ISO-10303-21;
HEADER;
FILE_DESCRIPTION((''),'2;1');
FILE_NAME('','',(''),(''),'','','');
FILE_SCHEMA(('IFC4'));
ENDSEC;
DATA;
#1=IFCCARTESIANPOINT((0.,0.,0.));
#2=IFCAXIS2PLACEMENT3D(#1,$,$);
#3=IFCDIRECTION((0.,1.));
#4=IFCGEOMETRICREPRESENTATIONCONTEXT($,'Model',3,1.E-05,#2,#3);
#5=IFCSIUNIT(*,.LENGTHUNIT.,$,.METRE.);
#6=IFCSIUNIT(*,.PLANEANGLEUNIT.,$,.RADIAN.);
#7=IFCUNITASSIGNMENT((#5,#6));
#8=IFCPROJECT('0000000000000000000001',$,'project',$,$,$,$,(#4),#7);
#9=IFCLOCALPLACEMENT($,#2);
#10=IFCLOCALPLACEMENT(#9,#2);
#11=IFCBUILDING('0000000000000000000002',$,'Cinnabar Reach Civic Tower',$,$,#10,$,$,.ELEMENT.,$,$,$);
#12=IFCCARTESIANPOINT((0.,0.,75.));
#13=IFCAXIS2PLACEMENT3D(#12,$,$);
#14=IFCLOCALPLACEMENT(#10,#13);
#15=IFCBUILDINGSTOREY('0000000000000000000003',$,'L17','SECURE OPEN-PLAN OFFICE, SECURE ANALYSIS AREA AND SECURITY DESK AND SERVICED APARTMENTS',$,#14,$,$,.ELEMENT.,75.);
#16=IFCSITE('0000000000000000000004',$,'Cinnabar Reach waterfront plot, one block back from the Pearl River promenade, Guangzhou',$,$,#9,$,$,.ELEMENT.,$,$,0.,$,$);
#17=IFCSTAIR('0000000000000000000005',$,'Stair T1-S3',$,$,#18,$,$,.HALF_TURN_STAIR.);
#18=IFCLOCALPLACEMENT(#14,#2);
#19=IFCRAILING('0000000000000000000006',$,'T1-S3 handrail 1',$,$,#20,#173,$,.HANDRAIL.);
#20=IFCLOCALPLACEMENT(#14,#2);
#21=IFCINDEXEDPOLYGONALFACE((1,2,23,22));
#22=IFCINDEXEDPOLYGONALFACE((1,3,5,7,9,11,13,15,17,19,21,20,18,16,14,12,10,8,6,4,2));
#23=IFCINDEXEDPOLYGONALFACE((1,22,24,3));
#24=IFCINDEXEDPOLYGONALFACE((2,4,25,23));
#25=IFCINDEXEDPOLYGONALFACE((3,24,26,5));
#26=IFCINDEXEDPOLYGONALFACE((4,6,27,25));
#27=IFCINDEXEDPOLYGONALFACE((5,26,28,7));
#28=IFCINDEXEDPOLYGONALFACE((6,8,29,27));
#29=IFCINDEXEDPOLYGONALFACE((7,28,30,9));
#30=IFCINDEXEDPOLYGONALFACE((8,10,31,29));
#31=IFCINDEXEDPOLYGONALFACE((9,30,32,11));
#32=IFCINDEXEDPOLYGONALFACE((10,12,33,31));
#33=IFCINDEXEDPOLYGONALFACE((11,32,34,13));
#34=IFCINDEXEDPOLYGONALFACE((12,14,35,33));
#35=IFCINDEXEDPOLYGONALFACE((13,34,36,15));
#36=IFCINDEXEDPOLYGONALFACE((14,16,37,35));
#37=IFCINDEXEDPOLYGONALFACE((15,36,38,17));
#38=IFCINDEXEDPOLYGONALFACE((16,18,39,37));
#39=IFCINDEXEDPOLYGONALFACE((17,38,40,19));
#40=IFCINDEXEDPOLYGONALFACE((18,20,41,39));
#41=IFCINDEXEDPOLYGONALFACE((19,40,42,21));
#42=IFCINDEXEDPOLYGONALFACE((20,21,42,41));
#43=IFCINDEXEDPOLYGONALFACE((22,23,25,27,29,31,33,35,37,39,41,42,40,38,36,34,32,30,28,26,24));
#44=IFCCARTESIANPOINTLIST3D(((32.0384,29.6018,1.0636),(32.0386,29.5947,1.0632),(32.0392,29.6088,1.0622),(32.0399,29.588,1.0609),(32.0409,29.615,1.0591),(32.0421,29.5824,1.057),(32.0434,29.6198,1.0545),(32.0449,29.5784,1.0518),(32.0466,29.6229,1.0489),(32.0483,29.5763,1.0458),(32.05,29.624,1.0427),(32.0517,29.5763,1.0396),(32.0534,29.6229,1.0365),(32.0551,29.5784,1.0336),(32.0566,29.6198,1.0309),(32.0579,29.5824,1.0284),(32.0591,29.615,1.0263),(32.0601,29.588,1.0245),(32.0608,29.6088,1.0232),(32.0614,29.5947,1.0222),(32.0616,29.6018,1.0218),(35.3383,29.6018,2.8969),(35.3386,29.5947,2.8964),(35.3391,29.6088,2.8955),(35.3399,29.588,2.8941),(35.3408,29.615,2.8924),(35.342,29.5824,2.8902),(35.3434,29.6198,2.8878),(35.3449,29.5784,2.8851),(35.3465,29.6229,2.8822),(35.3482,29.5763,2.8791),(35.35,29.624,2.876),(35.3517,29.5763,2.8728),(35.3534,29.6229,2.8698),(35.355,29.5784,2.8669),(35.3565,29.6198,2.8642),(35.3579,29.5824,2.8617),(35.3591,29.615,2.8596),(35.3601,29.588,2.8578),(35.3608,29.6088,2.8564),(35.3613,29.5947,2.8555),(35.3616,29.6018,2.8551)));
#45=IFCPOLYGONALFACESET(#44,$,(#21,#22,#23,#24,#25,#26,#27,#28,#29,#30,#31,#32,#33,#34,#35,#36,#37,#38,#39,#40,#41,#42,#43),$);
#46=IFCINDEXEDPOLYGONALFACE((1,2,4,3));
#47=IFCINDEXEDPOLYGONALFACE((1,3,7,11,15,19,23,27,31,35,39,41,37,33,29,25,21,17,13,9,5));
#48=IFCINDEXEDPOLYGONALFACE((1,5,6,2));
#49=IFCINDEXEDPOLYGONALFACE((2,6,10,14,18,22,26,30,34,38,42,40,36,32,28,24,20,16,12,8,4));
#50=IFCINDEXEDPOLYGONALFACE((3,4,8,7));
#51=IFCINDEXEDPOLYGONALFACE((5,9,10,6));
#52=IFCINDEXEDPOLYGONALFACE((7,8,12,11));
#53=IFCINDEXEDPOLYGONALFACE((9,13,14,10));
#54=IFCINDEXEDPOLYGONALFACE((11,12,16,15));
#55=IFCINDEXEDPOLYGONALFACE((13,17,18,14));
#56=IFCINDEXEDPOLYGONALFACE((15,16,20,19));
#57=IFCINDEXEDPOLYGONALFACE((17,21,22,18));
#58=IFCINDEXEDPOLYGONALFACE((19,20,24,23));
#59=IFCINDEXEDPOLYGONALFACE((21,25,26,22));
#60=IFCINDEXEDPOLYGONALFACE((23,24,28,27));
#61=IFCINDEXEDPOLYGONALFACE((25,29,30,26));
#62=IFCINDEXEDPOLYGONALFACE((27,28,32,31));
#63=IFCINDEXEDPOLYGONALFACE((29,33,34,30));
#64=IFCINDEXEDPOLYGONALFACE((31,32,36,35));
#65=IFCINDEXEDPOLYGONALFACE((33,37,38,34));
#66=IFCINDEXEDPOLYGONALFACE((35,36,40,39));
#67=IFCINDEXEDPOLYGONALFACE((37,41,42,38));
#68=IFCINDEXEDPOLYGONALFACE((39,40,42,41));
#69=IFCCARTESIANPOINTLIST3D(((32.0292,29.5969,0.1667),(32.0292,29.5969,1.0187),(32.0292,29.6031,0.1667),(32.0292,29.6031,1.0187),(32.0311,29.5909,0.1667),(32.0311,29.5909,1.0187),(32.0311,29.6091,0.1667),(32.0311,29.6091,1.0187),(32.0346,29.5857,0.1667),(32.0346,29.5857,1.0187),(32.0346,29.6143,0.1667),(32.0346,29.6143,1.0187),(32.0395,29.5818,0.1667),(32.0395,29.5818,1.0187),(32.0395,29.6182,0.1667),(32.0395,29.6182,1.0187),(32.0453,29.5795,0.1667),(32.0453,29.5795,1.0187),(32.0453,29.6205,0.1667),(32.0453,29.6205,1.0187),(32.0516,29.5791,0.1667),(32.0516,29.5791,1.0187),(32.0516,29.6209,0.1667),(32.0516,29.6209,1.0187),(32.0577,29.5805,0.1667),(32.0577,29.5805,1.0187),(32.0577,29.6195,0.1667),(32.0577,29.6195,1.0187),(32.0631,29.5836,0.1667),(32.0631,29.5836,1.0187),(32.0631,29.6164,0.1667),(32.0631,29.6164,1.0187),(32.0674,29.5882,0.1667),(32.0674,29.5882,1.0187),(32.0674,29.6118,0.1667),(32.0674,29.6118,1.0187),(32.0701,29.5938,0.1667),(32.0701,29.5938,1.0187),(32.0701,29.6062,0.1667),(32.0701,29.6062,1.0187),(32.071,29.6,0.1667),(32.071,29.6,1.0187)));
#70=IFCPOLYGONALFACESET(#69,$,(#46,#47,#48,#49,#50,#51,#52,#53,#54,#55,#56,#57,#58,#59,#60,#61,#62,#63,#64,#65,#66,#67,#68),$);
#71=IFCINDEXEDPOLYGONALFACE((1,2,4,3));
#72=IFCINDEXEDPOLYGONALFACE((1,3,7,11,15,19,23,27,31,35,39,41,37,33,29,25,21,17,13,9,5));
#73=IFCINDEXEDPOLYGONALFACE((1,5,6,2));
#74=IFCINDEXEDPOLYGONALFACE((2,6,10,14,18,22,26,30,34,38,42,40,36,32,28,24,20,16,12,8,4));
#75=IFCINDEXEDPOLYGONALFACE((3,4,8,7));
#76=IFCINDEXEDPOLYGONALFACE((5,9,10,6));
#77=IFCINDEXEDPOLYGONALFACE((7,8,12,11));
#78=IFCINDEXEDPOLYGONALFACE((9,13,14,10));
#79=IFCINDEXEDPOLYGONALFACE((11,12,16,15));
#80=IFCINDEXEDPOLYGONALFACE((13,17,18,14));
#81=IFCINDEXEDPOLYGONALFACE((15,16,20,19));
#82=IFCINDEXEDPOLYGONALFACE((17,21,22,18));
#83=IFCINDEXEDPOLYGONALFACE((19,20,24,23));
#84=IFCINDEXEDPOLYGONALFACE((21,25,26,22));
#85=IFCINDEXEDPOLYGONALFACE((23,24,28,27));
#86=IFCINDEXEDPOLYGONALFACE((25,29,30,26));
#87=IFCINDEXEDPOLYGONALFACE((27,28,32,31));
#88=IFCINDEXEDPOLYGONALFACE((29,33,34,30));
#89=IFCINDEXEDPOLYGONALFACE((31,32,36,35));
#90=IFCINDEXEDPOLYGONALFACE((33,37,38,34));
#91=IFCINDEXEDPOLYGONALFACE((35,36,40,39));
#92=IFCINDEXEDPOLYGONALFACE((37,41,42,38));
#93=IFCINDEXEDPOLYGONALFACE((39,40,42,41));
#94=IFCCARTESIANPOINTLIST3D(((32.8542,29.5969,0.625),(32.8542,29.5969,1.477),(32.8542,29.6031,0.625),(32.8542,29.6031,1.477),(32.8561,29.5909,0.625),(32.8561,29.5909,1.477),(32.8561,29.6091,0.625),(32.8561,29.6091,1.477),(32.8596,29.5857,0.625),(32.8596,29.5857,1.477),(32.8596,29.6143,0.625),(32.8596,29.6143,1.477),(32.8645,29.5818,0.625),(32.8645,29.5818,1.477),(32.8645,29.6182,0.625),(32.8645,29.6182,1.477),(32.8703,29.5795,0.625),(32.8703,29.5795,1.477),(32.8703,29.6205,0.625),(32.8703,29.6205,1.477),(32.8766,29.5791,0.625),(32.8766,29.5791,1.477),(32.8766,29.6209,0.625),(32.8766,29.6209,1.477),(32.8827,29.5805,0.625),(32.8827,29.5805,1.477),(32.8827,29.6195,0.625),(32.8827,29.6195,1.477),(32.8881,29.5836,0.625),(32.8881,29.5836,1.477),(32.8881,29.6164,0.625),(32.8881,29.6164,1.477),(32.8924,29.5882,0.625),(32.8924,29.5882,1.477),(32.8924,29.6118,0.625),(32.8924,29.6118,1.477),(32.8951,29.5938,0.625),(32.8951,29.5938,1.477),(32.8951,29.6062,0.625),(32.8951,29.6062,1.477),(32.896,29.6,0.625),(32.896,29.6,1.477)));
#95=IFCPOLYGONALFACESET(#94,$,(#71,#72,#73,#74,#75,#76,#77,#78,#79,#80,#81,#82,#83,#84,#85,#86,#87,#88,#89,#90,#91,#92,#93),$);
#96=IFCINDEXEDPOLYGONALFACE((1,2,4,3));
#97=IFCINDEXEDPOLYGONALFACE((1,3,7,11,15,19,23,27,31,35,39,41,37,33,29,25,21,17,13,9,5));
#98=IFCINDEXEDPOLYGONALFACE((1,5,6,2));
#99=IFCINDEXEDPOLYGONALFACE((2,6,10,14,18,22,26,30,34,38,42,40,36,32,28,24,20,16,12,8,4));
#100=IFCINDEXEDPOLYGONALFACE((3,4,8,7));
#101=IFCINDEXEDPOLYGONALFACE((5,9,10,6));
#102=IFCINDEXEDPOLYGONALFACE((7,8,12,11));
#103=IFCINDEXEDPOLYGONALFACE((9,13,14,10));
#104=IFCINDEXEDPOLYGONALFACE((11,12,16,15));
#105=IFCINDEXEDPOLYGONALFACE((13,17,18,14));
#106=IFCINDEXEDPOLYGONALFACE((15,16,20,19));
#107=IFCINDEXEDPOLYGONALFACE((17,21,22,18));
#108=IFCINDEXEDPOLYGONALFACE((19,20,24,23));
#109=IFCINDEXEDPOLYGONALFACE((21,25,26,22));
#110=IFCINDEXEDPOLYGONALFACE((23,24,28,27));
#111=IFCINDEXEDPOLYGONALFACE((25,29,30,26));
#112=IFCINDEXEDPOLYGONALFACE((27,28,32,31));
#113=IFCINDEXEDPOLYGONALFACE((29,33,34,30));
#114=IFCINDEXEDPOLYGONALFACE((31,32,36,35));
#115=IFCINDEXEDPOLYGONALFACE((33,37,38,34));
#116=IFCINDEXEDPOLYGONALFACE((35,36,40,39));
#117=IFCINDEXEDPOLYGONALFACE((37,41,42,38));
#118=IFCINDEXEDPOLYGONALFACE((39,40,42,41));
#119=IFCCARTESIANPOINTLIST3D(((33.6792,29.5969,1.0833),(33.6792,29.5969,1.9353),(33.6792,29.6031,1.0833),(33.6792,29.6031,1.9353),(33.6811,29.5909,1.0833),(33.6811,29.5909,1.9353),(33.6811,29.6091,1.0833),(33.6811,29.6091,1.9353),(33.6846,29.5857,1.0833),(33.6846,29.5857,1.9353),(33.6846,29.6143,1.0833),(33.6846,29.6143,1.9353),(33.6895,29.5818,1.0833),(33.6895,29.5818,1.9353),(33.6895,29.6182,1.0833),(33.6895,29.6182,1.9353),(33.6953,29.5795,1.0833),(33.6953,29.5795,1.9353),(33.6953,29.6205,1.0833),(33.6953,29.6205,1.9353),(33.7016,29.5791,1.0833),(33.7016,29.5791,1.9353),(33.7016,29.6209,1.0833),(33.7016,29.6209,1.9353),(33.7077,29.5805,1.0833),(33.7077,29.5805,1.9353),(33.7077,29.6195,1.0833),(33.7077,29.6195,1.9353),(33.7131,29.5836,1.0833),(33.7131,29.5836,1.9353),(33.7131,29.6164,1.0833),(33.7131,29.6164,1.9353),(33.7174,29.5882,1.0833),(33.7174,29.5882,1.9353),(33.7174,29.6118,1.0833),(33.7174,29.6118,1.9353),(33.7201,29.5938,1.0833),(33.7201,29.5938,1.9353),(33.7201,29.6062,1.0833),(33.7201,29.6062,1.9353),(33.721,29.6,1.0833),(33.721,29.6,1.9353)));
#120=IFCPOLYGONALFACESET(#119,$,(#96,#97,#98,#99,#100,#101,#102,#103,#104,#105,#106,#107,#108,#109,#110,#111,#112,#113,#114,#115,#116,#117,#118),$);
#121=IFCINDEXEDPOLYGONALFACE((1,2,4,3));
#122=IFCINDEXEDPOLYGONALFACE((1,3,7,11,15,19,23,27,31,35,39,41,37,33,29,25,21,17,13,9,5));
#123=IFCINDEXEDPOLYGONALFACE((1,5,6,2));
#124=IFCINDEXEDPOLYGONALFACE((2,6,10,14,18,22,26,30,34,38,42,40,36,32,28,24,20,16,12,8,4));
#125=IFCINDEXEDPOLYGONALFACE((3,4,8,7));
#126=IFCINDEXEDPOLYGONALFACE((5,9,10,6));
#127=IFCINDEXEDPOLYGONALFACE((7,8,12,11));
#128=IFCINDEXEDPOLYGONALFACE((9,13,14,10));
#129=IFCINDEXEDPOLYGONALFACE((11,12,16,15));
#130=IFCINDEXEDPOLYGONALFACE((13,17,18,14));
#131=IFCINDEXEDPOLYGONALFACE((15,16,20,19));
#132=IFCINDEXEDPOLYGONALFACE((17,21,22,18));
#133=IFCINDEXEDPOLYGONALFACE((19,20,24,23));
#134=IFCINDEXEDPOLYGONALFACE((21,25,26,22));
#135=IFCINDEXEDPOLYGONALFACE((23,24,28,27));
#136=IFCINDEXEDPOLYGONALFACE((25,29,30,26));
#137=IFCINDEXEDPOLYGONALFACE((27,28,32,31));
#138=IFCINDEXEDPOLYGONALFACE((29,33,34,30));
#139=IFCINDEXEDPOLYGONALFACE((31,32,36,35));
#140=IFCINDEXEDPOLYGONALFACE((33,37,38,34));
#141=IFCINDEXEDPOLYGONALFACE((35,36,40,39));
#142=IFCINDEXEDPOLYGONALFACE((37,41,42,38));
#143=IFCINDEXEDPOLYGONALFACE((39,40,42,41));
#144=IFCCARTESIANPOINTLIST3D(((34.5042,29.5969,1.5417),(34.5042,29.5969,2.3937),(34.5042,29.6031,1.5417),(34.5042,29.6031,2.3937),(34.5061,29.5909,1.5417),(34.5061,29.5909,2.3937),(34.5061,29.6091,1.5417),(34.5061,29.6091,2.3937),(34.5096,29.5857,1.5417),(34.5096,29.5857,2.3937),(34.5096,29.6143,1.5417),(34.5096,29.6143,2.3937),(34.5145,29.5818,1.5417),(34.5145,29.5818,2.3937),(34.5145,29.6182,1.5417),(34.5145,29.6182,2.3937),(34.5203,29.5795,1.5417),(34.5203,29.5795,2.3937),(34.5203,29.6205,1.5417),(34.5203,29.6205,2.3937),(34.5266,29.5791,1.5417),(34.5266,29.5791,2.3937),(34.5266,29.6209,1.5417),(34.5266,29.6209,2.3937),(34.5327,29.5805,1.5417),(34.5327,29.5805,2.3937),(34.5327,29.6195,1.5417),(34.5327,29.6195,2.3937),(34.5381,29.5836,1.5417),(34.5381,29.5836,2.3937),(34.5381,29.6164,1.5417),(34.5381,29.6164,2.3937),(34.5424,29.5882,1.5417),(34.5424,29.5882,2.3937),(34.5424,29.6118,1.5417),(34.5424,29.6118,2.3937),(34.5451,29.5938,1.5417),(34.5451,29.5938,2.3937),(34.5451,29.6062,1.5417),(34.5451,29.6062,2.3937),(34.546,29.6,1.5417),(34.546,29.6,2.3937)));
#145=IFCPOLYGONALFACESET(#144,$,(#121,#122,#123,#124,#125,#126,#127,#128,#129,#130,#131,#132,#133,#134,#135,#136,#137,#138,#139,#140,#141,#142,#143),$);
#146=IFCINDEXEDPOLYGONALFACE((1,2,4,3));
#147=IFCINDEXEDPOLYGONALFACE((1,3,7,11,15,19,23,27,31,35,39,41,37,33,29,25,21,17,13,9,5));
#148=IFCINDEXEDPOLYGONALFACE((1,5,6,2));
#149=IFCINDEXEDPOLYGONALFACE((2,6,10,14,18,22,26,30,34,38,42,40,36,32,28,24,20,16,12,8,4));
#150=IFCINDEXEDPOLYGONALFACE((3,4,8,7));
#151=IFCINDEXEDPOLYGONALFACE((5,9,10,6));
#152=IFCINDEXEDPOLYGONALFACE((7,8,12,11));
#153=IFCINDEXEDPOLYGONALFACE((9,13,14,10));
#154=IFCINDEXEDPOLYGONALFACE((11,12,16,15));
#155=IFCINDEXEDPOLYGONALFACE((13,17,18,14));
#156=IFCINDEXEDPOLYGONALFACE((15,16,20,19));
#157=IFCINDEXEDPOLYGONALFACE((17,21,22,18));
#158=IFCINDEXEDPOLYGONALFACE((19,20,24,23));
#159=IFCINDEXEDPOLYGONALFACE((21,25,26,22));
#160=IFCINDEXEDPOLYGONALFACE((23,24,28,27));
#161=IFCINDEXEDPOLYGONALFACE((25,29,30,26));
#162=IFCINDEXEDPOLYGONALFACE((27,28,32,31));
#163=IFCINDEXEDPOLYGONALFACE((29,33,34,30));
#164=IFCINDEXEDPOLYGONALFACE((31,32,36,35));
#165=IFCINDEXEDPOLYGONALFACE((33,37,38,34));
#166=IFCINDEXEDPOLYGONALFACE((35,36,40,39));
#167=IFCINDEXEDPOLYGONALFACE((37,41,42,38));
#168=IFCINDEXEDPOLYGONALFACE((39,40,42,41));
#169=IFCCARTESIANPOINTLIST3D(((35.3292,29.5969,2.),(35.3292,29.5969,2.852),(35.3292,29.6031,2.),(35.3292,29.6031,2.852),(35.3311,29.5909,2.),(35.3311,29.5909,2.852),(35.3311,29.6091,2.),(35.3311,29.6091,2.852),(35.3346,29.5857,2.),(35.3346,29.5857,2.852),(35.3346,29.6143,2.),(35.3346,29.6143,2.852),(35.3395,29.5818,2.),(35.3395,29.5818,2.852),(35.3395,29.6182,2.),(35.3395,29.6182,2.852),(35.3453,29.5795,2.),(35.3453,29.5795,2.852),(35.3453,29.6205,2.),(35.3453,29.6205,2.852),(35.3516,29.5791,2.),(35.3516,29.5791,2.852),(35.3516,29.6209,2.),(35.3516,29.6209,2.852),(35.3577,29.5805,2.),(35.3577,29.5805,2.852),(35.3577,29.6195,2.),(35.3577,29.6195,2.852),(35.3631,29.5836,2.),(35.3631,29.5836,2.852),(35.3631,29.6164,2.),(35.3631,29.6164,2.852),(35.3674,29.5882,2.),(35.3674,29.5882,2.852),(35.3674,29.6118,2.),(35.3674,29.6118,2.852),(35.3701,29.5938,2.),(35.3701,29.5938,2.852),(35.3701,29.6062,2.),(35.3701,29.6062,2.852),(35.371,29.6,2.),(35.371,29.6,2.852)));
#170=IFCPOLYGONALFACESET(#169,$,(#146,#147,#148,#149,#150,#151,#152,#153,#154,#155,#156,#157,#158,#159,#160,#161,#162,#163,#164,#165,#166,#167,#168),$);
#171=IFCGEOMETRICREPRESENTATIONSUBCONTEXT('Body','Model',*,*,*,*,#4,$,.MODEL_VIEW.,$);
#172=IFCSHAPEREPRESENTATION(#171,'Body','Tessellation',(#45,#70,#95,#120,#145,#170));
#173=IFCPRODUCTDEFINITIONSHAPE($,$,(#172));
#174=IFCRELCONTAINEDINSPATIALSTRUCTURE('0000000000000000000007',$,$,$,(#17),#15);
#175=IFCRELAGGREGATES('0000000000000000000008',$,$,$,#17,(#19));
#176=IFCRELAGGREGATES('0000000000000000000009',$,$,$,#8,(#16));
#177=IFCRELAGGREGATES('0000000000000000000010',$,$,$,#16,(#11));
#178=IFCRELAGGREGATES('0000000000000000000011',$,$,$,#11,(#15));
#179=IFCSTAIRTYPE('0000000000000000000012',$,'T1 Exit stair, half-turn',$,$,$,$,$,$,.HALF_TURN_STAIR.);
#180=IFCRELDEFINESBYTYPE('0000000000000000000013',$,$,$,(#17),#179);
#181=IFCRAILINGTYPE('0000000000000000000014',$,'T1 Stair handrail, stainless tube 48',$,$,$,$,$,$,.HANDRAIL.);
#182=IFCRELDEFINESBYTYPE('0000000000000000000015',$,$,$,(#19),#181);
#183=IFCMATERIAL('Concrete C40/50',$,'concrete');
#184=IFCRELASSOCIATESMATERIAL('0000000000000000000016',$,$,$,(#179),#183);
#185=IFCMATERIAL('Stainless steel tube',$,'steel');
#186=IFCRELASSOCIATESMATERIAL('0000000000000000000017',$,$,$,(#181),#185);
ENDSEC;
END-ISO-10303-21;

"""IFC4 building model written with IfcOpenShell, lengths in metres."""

from ifc_helpers import new_model, si_unit, direction, frame, origin, origin_2d, place, context, subcontext, project, spatial, circle, extrude, material, type_object, element, aggregate, save


model = new_model("IFC4")

# Units and contexts
model_context = context("Model", 3, precision=1e-05, world=origin(), true_north=direction((0.0, 1.0)))
body_context = subcontext(model_context, "Body", "Model", "MODEL_VIEW")
ifc_project = project(units=[si_unit("LENGTHUNIT", "METRE"), si_unit("PLANEANGLEUNIT", "RADIAN")], contexts=[model_context])

# Site, building, storey
site_placement = place(None, origin())
site = spatial("IfcSite", under=ifc_project, at=site_placement, Name="Cinnabar Reach waterfront plot, one block back from the Pearl River promenade, Guangzhou", CompositionType="ELEMENT", RefElevation=0.0)
building_placement = place(site_placement, origin())
building = spatial("IfcBuilding", under=site, at=building_placement, Name="Cinnabar Reach Civic Tower", CompositionType="ELEMENT")
storey_placement = place(building_placement, frame((0.0, 0.0, 75.0)))
storey = spatial("IfcBuildingStorey", under=building, at=storey_placement, Name="L17", Description="SECURE OPEN-PLAN OFFICE, SECURE ANALYSIS AREA AND SECURITY DESK AND SERVICED APARTMENTS", CompositionType="ELEMENT", Elevation=75.0)

# Stair, railing
ifc_material_1 = material(Name="Concrete C40/50", Category="concrete")
stair_type = type_object("IfcStairType", Name="T1 Exit stair, half-turn", PredefinedType="HALF_TURN_STAIR", material=ifc_material_1)
stair_placement = place(storey_placement, origin())
stair = element("IfcStair", 1, at=stair_placement, inside=storey, type_object=stair_type, Name="Stair T1-S3", PredefinedType="HALF_TURN_STAIR")
ifc_material_2 = material(Name="Stainless steel tube", Category="steel")
railing_type = type_object("IfcRailingType", Name="T1 Stair handrail, stainless tube 48", PredefinedType="HANDRAIL", material=ifc_material_2)
railing_1_placement = place(storey_placement, frame((32.05, 29.6, 0.1667)))
railing_1 = element("IfcRailing", 2, at=railing_1_placement, type_object=railing_type, Name="T1-S3 handrail 1", PredefinedType="HANDRAIL", context=body_context, shape_type="SweptSolid", body=[
    extrude(circle(Radius=0.024, at=origin_2d()), frame((0.0, 0.0, 0.876), z_axis=(0.874161, 0.0, 0.485636), x_axis=(0.0, 1.0, 0.0)), (0.0, 0.0, 1.0), 3.775),
    extrude(circle(Radius=0.021, at=origin_2d()), origin(), (0.0, 0.0, 1.0), 0.852),
    extrude(circle(Radius=0.021, at=origin_2d()), frame((0.825, 0.0, 0.4583)), (0.0, 0.0, 1.0), 0.852),
    extrude(circle(Radius=0.021, at=origin_2d()), frame((1.65, 0.0, 0.9166)), (0.0, 0.0, 1.0), 0.852),
    extrude(circle(Radius=0.021, at=origin_2d()), frame((2.475, 0.0, 1.375)), (0.0, 0.0, 1.0), 0.852),
    extrude(circle(Radius=0.021, at=origin_2d()), frame((3.3, 0.0, 1.8333)), (0.0, 0.0, 1.0), 0.852),
])
aggregate(stair, [railing_1])

save(model, "model.ifc")
